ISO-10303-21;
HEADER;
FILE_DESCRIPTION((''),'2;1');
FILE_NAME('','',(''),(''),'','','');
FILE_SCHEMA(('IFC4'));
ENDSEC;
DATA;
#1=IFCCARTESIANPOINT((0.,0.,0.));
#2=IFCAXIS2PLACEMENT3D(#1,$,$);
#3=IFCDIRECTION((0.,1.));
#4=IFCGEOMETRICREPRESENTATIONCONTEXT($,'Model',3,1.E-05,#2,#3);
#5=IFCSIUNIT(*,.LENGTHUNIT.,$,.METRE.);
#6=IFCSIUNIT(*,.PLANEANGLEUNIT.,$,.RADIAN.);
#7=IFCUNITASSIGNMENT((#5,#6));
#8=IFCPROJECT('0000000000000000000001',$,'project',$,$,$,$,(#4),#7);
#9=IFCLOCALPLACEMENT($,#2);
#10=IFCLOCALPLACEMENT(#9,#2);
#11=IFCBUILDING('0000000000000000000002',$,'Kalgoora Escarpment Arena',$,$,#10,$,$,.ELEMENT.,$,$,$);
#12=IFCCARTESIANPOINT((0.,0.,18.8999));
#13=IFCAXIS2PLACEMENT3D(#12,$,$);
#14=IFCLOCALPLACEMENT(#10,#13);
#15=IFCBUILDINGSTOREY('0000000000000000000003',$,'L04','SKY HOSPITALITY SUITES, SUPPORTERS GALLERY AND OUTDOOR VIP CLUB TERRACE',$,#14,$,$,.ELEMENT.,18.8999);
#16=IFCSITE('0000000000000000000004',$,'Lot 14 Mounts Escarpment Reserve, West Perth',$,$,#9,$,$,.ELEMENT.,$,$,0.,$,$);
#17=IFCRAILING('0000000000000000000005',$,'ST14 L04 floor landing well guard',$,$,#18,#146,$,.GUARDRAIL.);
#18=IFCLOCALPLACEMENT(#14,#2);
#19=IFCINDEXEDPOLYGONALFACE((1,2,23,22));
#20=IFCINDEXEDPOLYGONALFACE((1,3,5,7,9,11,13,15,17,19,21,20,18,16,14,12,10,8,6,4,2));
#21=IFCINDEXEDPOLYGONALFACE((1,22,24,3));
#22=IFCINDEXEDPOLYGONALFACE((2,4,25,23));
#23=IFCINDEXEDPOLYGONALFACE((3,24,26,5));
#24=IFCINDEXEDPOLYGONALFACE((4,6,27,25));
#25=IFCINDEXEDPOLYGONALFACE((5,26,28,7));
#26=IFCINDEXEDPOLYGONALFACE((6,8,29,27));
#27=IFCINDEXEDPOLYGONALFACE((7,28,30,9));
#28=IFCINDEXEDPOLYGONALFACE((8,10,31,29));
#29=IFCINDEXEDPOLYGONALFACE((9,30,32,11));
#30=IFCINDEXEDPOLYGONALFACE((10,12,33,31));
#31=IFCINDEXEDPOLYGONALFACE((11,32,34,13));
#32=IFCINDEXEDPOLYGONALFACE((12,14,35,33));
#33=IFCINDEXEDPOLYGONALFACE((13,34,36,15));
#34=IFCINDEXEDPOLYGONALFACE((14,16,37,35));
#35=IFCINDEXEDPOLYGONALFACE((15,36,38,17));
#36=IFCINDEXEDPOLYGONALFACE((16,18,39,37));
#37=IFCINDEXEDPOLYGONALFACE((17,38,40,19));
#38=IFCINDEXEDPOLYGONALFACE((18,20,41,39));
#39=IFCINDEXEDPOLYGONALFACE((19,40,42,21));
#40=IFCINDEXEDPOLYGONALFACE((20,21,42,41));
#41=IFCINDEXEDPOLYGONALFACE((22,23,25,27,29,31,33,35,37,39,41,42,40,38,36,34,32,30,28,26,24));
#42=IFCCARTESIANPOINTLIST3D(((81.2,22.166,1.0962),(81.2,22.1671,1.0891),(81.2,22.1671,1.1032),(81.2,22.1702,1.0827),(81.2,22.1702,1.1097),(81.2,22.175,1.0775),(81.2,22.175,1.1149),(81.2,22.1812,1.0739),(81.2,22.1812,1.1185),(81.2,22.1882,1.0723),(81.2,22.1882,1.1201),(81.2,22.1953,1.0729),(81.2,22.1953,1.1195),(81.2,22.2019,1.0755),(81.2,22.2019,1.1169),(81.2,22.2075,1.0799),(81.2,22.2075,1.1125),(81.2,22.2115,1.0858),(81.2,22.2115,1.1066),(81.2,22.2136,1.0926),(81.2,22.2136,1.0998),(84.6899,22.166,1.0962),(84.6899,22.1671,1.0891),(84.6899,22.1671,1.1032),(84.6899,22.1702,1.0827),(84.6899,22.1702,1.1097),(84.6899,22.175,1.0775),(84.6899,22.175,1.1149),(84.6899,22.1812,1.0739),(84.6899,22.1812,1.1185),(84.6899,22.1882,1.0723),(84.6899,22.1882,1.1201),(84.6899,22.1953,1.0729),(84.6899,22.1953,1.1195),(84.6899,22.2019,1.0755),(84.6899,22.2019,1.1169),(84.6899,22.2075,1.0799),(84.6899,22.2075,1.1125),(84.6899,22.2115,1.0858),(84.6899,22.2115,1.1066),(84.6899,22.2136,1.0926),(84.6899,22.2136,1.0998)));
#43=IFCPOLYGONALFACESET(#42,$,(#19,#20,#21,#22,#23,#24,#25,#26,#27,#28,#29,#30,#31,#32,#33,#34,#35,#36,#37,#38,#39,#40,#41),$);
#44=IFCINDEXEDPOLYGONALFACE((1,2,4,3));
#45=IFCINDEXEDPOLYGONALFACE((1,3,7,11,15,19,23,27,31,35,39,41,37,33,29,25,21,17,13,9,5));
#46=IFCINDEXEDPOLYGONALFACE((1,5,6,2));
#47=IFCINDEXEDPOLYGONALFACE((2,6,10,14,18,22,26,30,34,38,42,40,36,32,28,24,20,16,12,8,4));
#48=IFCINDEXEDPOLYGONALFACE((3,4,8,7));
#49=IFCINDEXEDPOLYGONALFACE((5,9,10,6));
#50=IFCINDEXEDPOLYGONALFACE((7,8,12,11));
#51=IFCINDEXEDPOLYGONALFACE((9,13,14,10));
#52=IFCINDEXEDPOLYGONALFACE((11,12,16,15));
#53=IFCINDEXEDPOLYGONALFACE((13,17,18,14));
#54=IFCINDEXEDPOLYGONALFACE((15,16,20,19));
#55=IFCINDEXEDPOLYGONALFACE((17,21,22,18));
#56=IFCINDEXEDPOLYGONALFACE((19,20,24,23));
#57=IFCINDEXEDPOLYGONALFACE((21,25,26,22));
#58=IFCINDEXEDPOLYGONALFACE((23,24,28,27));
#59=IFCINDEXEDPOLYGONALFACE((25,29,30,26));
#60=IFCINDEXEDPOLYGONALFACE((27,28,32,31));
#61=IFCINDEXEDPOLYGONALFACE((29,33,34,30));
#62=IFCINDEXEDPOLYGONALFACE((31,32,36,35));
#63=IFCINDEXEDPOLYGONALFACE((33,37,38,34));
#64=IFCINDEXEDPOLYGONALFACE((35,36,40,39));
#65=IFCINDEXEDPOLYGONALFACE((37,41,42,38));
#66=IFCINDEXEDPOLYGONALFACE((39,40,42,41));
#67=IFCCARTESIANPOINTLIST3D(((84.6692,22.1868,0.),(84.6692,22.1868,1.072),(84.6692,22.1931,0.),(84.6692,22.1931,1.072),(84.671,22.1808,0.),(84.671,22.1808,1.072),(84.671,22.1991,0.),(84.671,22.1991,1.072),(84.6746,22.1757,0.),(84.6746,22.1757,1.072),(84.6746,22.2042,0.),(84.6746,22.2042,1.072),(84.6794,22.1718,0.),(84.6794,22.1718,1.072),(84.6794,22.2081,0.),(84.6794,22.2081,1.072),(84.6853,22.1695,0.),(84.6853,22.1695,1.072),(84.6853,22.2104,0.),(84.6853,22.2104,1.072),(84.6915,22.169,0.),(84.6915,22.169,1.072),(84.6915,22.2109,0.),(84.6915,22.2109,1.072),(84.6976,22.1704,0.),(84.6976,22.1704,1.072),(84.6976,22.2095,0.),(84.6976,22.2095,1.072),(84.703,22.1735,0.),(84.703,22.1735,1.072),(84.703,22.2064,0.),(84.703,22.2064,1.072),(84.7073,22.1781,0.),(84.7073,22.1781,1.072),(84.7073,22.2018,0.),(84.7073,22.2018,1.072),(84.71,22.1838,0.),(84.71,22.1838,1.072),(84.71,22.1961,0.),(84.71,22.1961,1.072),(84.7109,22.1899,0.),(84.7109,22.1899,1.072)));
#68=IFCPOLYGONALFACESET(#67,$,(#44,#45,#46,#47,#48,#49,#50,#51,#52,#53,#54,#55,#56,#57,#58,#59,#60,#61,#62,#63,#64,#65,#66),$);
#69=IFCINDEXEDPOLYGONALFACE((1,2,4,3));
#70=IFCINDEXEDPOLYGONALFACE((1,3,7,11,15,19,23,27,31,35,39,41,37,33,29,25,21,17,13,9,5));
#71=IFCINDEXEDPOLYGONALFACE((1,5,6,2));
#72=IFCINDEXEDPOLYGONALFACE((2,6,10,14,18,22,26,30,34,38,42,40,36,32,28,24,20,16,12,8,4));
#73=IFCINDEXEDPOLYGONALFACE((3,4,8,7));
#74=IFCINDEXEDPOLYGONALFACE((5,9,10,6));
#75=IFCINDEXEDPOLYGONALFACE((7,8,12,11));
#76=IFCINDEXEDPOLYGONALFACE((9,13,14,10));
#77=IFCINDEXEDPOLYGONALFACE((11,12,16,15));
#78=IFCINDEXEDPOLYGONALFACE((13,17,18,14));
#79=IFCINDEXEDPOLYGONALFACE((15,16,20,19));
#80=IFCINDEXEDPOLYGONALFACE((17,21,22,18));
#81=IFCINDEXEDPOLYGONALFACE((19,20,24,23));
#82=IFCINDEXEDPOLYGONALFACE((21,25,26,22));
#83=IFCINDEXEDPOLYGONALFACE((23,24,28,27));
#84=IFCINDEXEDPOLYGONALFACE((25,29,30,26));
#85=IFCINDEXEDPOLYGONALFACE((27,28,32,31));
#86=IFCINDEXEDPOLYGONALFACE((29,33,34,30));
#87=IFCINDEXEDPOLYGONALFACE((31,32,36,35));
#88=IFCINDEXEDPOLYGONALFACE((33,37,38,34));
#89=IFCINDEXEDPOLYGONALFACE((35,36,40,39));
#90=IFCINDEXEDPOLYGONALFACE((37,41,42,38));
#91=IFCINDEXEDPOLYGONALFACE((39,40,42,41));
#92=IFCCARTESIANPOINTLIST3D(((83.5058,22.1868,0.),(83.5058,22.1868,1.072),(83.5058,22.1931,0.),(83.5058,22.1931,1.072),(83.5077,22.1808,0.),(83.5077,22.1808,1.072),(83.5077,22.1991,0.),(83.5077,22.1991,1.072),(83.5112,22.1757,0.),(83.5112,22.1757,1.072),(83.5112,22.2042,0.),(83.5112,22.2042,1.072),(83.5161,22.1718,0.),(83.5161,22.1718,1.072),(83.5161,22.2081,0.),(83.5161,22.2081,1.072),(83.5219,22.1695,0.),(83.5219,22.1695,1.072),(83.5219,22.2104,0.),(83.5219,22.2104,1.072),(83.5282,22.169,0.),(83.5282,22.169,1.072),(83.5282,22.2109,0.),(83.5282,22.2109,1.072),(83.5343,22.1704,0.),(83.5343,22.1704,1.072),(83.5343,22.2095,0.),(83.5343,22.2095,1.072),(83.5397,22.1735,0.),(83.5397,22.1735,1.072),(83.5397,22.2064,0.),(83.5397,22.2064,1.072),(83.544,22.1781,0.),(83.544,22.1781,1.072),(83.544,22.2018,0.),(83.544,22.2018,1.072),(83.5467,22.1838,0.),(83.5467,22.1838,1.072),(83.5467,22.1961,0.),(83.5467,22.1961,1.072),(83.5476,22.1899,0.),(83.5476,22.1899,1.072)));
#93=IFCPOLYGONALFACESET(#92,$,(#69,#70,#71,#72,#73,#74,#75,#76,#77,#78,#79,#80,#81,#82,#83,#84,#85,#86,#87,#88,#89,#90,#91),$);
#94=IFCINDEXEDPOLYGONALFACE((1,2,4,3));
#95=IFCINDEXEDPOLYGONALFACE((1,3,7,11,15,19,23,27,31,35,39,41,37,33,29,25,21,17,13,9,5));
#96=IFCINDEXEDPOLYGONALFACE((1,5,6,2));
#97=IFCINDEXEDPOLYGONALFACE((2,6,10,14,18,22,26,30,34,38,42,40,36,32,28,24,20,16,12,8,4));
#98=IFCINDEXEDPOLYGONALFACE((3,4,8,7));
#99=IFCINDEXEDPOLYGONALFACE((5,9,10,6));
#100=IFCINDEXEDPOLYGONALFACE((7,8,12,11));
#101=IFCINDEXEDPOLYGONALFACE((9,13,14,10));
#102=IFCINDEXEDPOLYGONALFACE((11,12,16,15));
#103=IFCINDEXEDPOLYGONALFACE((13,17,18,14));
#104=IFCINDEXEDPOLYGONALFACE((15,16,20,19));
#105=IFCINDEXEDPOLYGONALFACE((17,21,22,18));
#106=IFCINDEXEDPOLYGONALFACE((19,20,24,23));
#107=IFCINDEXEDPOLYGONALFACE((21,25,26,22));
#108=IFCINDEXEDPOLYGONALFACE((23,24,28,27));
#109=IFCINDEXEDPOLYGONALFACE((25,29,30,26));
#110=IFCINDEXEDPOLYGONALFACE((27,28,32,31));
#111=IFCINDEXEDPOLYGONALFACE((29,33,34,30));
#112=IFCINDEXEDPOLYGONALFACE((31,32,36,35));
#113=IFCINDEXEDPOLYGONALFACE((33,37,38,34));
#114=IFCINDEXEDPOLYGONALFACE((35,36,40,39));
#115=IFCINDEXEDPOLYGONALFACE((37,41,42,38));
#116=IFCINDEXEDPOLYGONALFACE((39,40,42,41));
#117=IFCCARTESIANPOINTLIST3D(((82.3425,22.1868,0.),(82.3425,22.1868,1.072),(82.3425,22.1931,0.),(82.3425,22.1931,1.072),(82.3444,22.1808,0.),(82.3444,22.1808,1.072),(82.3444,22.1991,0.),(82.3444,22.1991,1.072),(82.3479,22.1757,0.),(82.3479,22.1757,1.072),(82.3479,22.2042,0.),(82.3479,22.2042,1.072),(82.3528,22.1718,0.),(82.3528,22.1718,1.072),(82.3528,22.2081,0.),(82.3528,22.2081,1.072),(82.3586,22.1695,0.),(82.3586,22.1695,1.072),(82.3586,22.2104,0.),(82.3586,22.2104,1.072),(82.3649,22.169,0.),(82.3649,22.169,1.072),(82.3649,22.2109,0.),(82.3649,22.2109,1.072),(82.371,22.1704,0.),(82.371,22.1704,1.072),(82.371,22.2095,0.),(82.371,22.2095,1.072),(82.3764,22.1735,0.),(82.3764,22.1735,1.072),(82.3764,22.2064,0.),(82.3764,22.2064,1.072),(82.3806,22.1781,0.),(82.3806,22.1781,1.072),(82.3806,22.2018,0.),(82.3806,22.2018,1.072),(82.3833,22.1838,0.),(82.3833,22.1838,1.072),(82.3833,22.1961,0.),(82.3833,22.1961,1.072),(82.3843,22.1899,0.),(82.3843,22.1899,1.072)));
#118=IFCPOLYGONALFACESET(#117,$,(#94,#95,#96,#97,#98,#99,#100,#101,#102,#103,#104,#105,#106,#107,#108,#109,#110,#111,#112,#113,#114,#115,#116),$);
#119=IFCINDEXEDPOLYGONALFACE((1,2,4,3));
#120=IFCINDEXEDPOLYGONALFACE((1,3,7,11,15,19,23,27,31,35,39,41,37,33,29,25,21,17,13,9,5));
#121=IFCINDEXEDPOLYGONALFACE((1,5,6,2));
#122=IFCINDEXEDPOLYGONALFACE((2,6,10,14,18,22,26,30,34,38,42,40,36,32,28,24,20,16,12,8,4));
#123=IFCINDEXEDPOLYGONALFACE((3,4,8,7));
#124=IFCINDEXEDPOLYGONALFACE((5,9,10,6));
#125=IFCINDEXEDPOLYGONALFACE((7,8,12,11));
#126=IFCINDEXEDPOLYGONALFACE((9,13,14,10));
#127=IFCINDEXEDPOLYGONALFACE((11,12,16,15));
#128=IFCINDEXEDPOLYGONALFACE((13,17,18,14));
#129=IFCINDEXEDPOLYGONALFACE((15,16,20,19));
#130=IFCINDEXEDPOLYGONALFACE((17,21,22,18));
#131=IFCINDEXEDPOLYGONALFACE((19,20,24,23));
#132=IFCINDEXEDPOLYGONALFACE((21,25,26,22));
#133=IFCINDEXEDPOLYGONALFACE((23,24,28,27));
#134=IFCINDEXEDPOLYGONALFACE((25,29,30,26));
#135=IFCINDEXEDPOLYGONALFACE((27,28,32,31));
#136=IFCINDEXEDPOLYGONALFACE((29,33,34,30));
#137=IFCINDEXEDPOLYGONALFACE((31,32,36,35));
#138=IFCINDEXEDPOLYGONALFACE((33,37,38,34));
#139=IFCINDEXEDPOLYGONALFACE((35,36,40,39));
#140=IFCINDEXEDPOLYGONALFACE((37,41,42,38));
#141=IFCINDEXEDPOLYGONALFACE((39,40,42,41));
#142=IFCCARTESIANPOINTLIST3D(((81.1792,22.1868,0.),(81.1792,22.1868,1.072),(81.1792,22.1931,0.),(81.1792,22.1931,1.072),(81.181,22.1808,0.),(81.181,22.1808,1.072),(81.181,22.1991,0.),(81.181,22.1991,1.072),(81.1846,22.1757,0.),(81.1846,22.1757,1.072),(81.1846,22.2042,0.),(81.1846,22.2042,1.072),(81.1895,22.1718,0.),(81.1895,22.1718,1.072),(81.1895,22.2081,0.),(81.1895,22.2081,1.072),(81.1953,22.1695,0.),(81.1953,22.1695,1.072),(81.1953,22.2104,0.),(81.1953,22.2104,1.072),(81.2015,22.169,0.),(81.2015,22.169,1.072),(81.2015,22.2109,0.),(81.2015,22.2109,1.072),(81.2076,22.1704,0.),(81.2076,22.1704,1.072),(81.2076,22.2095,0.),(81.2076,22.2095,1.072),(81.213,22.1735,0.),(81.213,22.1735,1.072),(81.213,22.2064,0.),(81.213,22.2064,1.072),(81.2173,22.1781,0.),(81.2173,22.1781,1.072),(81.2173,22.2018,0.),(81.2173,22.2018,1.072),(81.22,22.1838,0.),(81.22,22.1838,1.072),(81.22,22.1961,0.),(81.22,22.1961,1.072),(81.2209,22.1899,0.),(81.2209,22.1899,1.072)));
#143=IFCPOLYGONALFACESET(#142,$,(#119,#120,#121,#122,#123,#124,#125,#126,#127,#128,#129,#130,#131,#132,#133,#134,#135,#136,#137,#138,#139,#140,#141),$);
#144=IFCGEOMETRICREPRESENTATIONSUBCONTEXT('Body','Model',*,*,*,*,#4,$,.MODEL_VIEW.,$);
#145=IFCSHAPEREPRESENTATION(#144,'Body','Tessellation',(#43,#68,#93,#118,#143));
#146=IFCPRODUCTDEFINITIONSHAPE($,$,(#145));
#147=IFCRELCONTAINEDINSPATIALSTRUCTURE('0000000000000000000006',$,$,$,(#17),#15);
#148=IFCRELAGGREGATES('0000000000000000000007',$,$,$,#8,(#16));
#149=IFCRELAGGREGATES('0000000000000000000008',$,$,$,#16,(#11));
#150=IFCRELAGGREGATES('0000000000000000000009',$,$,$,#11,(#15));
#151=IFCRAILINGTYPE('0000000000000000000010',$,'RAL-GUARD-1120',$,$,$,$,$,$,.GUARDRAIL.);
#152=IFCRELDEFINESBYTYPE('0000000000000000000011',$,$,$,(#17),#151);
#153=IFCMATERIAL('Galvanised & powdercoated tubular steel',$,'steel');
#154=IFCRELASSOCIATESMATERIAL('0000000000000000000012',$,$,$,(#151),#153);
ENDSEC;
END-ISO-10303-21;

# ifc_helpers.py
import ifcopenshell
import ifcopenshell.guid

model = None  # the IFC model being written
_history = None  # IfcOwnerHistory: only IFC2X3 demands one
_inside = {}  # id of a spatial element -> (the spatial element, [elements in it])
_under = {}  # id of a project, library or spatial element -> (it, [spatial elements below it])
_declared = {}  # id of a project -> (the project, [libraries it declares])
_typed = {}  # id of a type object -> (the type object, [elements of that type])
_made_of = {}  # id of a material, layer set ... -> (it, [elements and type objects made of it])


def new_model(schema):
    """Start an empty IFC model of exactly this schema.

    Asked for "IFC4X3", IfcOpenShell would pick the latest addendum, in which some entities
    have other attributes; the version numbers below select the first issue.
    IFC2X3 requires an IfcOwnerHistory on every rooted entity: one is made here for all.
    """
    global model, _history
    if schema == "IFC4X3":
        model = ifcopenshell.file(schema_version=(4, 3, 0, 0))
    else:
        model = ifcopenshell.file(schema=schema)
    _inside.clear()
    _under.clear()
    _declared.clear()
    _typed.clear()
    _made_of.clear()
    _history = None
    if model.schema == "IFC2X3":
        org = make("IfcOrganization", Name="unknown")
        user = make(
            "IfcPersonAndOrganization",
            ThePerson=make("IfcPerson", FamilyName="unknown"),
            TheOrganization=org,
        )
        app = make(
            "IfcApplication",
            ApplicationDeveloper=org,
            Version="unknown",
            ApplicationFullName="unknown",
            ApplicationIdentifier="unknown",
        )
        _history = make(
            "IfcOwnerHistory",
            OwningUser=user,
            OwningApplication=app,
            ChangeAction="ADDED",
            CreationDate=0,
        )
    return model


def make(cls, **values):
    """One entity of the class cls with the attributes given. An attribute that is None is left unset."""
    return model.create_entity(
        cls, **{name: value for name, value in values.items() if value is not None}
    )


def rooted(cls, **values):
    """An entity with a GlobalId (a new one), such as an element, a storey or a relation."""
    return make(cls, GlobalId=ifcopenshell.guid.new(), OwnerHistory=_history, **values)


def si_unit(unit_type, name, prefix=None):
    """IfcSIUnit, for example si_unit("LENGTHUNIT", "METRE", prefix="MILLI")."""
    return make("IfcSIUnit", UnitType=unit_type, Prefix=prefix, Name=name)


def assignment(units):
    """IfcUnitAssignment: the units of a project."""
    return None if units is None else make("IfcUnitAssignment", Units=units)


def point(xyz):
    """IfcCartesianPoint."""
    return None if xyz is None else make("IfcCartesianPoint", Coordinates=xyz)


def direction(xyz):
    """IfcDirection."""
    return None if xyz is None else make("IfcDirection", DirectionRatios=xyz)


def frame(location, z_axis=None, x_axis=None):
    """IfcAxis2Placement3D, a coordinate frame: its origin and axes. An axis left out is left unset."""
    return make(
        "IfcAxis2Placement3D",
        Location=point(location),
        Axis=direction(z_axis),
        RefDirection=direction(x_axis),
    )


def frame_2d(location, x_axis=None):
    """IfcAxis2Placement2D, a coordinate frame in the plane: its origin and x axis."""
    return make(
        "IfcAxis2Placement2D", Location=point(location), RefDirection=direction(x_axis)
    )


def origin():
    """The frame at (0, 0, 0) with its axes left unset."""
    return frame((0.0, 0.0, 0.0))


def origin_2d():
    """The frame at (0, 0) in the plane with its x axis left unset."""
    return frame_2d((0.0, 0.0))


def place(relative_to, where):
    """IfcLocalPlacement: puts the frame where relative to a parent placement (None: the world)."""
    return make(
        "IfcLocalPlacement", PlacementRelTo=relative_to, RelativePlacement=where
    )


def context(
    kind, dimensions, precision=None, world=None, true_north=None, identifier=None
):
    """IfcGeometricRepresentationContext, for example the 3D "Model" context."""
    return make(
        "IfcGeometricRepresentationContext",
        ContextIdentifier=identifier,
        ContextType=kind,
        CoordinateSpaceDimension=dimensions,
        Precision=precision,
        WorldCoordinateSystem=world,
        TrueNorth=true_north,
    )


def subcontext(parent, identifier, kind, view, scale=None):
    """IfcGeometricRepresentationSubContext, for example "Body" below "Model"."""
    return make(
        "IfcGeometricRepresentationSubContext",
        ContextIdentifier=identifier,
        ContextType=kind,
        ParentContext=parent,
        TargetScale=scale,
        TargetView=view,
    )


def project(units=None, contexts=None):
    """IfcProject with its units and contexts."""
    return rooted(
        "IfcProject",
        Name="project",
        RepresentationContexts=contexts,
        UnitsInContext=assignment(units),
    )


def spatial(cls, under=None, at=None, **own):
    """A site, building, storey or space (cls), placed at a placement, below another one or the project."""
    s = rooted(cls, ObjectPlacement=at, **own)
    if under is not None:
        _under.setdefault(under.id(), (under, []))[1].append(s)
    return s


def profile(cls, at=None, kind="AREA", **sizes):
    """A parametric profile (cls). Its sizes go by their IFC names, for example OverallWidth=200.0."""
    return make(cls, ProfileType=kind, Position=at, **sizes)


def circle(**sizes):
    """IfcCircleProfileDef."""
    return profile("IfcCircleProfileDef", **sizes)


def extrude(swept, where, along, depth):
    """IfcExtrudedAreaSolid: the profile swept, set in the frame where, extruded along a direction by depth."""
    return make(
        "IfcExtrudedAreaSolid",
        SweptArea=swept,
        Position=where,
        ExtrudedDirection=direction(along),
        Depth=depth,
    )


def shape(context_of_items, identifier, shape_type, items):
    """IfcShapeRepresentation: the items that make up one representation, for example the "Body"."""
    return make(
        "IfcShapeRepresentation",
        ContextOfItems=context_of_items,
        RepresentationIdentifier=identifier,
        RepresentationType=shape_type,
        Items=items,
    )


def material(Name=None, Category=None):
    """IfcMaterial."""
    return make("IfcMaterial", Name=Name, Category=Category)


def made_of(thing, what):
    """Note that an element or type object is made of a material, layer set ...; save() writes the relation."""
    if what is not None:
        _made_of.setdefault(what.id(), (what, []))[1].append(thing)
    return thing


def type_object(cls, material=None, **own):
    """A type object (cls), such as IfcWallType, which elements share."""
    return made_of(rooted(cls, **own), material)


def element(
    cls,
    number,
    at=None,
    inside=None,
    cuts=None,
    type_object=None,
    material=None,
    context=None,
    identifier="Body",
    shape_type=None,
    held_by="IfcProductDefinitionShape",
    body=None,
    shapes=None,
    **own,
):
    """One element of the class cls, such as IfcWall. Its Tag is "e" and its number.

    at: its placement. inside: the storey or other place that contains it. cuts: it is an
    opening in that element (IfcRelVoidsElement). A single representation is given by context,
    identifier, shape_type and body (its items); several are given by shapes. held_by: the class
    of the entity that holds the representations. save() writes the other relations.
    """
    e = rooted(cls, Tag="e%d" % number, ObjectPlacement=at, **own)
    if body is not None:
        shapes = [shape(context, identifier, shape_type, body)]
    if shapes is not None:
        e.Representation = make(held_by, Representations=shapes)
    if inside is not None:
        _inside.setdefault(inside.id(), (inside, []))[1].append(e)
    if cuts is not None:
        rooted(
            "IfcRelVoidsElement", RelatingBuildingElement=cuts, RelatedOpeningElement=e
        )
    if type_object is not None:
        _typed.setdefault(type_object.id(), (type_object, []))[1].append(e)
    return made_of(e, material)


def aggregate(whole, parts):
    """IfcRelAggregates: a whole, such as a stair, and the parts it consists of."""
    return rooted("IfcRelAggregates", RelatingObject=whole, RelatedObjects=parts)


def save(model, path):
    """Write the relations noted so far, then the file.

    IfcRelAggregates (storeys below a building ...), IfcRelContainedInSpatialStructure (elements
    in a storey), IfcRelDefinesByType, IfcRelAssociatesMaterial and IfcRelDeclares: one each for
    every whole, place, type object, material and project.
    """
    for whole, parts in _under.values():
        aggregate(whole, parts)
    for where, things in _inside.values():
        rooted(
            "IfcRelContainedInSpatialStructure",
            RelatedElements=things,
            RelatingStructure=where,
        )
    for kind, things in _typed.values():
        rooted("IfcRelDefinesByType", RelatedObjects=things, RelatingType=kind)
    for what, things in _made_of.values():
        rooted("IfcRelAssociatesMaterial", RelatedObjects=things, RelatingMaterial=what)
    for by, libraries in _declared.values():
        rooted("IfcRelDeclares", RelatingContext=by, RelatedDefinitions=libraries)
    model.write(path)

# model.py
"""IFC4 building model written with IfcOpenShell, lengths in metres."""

from ifc_helpers import new_model, si_unit, direction, frame, origin, origin_2d, place, context, subcontext, project, spatial, circle, extrude, material, type_object, element, save


model = new_model("IFC4")

# Units and contexts
model_context = context("Model", 3, precision=1e-05, world=origin(), true_north=direction((0.0, 1.0)))
body_context = subcontext(model_context, "Body", "Model", "MODEL_VIEW")
ifc_project = project(units=[si_unit("LENGTHUNIT", "METRE"), si_unit("PLANEANGLEUNIT", "RADIAN")], contexts=[model_context])

# Site, building, storey
site_placement = place(None, origin())
site = spatial("IfcSite", under=ifc_project, at=site_placement, Name="Lot 14 Mounts Escarpment Reserve, West Perth", CompositionType="ELEMENT", RefElevation=0.0)
building_placement = place(site_placement, origin())
building = spatial("IfcBuilding", under=site, at=building_placement, Name="Kalgoora Escarpment Arena", CompositionType="ELEMENT")
storey_placement = place(building_placement, frame((0.0, 0.0, 18.8999)))
storey = spatial("IfcBuildingStorey", under=building, at=storey_placement, Name="L04", Description="SKY HOSPITALITY SUITES, SUPPORTERS GALLERY AND OUTDOOR VIP CLUB TERRACE", CompositionType="ELEMENT", Elevation=18.8999)

# Railing
ifc_material_1 = material(Name="Galvanised & powdercoated tubular steel", Category="steel")
railing_type_1 = type_object("IfcRailingType", Name="RAL-GUARD-1120", PredefinedType="GUARDRAIL", material=ifc_material_1)
for number, where, name in (
    (1, (84.6899, 22.1899, 0.0), "ST14 L04 floor landing well guard"),
):
    element("IfcRailing", number, at=place(storey_placement, frame(where)), inside=storey, type_object=railing_type_1, Name=name, PredefinedType="GUARDRAIL", context=body_context, shape_type="SweptSolid", body=[
        extrude(circle(Radius=0.0239, at=origin_2d()), frame((0.0, 0.0, 1.0962), z_axis=(-1.0, 0.0, 0.0), x_axis=(0.0, -1.0, 0.0)), (0.0, 0.0, 1.0), 3.49),
        extrude(circle(Radius=0.021, at=origin_2d()), origin(), (0.0, 0.0, 1.0), 1.072),
        extrude(circle(Radius=0.021, at=origin_2d()), frame((-1.1633, 0.0, 0.0)), (0.0, 0.0, 1.0), 1.072),
        extrude(circle(Radius=0.021, at=origin_2d()), frame((-2.3267, 0.0, 0.0)), (0.0, 0.0, 1.0), 1.072),
        extrude(circle(Radius=0.021, at=origin_2d()), frame((-3.49, 0.0, 0.0)), (0.0, 0.0, 1.0), 1.072),
    ])

save(model, "model.ifc")
